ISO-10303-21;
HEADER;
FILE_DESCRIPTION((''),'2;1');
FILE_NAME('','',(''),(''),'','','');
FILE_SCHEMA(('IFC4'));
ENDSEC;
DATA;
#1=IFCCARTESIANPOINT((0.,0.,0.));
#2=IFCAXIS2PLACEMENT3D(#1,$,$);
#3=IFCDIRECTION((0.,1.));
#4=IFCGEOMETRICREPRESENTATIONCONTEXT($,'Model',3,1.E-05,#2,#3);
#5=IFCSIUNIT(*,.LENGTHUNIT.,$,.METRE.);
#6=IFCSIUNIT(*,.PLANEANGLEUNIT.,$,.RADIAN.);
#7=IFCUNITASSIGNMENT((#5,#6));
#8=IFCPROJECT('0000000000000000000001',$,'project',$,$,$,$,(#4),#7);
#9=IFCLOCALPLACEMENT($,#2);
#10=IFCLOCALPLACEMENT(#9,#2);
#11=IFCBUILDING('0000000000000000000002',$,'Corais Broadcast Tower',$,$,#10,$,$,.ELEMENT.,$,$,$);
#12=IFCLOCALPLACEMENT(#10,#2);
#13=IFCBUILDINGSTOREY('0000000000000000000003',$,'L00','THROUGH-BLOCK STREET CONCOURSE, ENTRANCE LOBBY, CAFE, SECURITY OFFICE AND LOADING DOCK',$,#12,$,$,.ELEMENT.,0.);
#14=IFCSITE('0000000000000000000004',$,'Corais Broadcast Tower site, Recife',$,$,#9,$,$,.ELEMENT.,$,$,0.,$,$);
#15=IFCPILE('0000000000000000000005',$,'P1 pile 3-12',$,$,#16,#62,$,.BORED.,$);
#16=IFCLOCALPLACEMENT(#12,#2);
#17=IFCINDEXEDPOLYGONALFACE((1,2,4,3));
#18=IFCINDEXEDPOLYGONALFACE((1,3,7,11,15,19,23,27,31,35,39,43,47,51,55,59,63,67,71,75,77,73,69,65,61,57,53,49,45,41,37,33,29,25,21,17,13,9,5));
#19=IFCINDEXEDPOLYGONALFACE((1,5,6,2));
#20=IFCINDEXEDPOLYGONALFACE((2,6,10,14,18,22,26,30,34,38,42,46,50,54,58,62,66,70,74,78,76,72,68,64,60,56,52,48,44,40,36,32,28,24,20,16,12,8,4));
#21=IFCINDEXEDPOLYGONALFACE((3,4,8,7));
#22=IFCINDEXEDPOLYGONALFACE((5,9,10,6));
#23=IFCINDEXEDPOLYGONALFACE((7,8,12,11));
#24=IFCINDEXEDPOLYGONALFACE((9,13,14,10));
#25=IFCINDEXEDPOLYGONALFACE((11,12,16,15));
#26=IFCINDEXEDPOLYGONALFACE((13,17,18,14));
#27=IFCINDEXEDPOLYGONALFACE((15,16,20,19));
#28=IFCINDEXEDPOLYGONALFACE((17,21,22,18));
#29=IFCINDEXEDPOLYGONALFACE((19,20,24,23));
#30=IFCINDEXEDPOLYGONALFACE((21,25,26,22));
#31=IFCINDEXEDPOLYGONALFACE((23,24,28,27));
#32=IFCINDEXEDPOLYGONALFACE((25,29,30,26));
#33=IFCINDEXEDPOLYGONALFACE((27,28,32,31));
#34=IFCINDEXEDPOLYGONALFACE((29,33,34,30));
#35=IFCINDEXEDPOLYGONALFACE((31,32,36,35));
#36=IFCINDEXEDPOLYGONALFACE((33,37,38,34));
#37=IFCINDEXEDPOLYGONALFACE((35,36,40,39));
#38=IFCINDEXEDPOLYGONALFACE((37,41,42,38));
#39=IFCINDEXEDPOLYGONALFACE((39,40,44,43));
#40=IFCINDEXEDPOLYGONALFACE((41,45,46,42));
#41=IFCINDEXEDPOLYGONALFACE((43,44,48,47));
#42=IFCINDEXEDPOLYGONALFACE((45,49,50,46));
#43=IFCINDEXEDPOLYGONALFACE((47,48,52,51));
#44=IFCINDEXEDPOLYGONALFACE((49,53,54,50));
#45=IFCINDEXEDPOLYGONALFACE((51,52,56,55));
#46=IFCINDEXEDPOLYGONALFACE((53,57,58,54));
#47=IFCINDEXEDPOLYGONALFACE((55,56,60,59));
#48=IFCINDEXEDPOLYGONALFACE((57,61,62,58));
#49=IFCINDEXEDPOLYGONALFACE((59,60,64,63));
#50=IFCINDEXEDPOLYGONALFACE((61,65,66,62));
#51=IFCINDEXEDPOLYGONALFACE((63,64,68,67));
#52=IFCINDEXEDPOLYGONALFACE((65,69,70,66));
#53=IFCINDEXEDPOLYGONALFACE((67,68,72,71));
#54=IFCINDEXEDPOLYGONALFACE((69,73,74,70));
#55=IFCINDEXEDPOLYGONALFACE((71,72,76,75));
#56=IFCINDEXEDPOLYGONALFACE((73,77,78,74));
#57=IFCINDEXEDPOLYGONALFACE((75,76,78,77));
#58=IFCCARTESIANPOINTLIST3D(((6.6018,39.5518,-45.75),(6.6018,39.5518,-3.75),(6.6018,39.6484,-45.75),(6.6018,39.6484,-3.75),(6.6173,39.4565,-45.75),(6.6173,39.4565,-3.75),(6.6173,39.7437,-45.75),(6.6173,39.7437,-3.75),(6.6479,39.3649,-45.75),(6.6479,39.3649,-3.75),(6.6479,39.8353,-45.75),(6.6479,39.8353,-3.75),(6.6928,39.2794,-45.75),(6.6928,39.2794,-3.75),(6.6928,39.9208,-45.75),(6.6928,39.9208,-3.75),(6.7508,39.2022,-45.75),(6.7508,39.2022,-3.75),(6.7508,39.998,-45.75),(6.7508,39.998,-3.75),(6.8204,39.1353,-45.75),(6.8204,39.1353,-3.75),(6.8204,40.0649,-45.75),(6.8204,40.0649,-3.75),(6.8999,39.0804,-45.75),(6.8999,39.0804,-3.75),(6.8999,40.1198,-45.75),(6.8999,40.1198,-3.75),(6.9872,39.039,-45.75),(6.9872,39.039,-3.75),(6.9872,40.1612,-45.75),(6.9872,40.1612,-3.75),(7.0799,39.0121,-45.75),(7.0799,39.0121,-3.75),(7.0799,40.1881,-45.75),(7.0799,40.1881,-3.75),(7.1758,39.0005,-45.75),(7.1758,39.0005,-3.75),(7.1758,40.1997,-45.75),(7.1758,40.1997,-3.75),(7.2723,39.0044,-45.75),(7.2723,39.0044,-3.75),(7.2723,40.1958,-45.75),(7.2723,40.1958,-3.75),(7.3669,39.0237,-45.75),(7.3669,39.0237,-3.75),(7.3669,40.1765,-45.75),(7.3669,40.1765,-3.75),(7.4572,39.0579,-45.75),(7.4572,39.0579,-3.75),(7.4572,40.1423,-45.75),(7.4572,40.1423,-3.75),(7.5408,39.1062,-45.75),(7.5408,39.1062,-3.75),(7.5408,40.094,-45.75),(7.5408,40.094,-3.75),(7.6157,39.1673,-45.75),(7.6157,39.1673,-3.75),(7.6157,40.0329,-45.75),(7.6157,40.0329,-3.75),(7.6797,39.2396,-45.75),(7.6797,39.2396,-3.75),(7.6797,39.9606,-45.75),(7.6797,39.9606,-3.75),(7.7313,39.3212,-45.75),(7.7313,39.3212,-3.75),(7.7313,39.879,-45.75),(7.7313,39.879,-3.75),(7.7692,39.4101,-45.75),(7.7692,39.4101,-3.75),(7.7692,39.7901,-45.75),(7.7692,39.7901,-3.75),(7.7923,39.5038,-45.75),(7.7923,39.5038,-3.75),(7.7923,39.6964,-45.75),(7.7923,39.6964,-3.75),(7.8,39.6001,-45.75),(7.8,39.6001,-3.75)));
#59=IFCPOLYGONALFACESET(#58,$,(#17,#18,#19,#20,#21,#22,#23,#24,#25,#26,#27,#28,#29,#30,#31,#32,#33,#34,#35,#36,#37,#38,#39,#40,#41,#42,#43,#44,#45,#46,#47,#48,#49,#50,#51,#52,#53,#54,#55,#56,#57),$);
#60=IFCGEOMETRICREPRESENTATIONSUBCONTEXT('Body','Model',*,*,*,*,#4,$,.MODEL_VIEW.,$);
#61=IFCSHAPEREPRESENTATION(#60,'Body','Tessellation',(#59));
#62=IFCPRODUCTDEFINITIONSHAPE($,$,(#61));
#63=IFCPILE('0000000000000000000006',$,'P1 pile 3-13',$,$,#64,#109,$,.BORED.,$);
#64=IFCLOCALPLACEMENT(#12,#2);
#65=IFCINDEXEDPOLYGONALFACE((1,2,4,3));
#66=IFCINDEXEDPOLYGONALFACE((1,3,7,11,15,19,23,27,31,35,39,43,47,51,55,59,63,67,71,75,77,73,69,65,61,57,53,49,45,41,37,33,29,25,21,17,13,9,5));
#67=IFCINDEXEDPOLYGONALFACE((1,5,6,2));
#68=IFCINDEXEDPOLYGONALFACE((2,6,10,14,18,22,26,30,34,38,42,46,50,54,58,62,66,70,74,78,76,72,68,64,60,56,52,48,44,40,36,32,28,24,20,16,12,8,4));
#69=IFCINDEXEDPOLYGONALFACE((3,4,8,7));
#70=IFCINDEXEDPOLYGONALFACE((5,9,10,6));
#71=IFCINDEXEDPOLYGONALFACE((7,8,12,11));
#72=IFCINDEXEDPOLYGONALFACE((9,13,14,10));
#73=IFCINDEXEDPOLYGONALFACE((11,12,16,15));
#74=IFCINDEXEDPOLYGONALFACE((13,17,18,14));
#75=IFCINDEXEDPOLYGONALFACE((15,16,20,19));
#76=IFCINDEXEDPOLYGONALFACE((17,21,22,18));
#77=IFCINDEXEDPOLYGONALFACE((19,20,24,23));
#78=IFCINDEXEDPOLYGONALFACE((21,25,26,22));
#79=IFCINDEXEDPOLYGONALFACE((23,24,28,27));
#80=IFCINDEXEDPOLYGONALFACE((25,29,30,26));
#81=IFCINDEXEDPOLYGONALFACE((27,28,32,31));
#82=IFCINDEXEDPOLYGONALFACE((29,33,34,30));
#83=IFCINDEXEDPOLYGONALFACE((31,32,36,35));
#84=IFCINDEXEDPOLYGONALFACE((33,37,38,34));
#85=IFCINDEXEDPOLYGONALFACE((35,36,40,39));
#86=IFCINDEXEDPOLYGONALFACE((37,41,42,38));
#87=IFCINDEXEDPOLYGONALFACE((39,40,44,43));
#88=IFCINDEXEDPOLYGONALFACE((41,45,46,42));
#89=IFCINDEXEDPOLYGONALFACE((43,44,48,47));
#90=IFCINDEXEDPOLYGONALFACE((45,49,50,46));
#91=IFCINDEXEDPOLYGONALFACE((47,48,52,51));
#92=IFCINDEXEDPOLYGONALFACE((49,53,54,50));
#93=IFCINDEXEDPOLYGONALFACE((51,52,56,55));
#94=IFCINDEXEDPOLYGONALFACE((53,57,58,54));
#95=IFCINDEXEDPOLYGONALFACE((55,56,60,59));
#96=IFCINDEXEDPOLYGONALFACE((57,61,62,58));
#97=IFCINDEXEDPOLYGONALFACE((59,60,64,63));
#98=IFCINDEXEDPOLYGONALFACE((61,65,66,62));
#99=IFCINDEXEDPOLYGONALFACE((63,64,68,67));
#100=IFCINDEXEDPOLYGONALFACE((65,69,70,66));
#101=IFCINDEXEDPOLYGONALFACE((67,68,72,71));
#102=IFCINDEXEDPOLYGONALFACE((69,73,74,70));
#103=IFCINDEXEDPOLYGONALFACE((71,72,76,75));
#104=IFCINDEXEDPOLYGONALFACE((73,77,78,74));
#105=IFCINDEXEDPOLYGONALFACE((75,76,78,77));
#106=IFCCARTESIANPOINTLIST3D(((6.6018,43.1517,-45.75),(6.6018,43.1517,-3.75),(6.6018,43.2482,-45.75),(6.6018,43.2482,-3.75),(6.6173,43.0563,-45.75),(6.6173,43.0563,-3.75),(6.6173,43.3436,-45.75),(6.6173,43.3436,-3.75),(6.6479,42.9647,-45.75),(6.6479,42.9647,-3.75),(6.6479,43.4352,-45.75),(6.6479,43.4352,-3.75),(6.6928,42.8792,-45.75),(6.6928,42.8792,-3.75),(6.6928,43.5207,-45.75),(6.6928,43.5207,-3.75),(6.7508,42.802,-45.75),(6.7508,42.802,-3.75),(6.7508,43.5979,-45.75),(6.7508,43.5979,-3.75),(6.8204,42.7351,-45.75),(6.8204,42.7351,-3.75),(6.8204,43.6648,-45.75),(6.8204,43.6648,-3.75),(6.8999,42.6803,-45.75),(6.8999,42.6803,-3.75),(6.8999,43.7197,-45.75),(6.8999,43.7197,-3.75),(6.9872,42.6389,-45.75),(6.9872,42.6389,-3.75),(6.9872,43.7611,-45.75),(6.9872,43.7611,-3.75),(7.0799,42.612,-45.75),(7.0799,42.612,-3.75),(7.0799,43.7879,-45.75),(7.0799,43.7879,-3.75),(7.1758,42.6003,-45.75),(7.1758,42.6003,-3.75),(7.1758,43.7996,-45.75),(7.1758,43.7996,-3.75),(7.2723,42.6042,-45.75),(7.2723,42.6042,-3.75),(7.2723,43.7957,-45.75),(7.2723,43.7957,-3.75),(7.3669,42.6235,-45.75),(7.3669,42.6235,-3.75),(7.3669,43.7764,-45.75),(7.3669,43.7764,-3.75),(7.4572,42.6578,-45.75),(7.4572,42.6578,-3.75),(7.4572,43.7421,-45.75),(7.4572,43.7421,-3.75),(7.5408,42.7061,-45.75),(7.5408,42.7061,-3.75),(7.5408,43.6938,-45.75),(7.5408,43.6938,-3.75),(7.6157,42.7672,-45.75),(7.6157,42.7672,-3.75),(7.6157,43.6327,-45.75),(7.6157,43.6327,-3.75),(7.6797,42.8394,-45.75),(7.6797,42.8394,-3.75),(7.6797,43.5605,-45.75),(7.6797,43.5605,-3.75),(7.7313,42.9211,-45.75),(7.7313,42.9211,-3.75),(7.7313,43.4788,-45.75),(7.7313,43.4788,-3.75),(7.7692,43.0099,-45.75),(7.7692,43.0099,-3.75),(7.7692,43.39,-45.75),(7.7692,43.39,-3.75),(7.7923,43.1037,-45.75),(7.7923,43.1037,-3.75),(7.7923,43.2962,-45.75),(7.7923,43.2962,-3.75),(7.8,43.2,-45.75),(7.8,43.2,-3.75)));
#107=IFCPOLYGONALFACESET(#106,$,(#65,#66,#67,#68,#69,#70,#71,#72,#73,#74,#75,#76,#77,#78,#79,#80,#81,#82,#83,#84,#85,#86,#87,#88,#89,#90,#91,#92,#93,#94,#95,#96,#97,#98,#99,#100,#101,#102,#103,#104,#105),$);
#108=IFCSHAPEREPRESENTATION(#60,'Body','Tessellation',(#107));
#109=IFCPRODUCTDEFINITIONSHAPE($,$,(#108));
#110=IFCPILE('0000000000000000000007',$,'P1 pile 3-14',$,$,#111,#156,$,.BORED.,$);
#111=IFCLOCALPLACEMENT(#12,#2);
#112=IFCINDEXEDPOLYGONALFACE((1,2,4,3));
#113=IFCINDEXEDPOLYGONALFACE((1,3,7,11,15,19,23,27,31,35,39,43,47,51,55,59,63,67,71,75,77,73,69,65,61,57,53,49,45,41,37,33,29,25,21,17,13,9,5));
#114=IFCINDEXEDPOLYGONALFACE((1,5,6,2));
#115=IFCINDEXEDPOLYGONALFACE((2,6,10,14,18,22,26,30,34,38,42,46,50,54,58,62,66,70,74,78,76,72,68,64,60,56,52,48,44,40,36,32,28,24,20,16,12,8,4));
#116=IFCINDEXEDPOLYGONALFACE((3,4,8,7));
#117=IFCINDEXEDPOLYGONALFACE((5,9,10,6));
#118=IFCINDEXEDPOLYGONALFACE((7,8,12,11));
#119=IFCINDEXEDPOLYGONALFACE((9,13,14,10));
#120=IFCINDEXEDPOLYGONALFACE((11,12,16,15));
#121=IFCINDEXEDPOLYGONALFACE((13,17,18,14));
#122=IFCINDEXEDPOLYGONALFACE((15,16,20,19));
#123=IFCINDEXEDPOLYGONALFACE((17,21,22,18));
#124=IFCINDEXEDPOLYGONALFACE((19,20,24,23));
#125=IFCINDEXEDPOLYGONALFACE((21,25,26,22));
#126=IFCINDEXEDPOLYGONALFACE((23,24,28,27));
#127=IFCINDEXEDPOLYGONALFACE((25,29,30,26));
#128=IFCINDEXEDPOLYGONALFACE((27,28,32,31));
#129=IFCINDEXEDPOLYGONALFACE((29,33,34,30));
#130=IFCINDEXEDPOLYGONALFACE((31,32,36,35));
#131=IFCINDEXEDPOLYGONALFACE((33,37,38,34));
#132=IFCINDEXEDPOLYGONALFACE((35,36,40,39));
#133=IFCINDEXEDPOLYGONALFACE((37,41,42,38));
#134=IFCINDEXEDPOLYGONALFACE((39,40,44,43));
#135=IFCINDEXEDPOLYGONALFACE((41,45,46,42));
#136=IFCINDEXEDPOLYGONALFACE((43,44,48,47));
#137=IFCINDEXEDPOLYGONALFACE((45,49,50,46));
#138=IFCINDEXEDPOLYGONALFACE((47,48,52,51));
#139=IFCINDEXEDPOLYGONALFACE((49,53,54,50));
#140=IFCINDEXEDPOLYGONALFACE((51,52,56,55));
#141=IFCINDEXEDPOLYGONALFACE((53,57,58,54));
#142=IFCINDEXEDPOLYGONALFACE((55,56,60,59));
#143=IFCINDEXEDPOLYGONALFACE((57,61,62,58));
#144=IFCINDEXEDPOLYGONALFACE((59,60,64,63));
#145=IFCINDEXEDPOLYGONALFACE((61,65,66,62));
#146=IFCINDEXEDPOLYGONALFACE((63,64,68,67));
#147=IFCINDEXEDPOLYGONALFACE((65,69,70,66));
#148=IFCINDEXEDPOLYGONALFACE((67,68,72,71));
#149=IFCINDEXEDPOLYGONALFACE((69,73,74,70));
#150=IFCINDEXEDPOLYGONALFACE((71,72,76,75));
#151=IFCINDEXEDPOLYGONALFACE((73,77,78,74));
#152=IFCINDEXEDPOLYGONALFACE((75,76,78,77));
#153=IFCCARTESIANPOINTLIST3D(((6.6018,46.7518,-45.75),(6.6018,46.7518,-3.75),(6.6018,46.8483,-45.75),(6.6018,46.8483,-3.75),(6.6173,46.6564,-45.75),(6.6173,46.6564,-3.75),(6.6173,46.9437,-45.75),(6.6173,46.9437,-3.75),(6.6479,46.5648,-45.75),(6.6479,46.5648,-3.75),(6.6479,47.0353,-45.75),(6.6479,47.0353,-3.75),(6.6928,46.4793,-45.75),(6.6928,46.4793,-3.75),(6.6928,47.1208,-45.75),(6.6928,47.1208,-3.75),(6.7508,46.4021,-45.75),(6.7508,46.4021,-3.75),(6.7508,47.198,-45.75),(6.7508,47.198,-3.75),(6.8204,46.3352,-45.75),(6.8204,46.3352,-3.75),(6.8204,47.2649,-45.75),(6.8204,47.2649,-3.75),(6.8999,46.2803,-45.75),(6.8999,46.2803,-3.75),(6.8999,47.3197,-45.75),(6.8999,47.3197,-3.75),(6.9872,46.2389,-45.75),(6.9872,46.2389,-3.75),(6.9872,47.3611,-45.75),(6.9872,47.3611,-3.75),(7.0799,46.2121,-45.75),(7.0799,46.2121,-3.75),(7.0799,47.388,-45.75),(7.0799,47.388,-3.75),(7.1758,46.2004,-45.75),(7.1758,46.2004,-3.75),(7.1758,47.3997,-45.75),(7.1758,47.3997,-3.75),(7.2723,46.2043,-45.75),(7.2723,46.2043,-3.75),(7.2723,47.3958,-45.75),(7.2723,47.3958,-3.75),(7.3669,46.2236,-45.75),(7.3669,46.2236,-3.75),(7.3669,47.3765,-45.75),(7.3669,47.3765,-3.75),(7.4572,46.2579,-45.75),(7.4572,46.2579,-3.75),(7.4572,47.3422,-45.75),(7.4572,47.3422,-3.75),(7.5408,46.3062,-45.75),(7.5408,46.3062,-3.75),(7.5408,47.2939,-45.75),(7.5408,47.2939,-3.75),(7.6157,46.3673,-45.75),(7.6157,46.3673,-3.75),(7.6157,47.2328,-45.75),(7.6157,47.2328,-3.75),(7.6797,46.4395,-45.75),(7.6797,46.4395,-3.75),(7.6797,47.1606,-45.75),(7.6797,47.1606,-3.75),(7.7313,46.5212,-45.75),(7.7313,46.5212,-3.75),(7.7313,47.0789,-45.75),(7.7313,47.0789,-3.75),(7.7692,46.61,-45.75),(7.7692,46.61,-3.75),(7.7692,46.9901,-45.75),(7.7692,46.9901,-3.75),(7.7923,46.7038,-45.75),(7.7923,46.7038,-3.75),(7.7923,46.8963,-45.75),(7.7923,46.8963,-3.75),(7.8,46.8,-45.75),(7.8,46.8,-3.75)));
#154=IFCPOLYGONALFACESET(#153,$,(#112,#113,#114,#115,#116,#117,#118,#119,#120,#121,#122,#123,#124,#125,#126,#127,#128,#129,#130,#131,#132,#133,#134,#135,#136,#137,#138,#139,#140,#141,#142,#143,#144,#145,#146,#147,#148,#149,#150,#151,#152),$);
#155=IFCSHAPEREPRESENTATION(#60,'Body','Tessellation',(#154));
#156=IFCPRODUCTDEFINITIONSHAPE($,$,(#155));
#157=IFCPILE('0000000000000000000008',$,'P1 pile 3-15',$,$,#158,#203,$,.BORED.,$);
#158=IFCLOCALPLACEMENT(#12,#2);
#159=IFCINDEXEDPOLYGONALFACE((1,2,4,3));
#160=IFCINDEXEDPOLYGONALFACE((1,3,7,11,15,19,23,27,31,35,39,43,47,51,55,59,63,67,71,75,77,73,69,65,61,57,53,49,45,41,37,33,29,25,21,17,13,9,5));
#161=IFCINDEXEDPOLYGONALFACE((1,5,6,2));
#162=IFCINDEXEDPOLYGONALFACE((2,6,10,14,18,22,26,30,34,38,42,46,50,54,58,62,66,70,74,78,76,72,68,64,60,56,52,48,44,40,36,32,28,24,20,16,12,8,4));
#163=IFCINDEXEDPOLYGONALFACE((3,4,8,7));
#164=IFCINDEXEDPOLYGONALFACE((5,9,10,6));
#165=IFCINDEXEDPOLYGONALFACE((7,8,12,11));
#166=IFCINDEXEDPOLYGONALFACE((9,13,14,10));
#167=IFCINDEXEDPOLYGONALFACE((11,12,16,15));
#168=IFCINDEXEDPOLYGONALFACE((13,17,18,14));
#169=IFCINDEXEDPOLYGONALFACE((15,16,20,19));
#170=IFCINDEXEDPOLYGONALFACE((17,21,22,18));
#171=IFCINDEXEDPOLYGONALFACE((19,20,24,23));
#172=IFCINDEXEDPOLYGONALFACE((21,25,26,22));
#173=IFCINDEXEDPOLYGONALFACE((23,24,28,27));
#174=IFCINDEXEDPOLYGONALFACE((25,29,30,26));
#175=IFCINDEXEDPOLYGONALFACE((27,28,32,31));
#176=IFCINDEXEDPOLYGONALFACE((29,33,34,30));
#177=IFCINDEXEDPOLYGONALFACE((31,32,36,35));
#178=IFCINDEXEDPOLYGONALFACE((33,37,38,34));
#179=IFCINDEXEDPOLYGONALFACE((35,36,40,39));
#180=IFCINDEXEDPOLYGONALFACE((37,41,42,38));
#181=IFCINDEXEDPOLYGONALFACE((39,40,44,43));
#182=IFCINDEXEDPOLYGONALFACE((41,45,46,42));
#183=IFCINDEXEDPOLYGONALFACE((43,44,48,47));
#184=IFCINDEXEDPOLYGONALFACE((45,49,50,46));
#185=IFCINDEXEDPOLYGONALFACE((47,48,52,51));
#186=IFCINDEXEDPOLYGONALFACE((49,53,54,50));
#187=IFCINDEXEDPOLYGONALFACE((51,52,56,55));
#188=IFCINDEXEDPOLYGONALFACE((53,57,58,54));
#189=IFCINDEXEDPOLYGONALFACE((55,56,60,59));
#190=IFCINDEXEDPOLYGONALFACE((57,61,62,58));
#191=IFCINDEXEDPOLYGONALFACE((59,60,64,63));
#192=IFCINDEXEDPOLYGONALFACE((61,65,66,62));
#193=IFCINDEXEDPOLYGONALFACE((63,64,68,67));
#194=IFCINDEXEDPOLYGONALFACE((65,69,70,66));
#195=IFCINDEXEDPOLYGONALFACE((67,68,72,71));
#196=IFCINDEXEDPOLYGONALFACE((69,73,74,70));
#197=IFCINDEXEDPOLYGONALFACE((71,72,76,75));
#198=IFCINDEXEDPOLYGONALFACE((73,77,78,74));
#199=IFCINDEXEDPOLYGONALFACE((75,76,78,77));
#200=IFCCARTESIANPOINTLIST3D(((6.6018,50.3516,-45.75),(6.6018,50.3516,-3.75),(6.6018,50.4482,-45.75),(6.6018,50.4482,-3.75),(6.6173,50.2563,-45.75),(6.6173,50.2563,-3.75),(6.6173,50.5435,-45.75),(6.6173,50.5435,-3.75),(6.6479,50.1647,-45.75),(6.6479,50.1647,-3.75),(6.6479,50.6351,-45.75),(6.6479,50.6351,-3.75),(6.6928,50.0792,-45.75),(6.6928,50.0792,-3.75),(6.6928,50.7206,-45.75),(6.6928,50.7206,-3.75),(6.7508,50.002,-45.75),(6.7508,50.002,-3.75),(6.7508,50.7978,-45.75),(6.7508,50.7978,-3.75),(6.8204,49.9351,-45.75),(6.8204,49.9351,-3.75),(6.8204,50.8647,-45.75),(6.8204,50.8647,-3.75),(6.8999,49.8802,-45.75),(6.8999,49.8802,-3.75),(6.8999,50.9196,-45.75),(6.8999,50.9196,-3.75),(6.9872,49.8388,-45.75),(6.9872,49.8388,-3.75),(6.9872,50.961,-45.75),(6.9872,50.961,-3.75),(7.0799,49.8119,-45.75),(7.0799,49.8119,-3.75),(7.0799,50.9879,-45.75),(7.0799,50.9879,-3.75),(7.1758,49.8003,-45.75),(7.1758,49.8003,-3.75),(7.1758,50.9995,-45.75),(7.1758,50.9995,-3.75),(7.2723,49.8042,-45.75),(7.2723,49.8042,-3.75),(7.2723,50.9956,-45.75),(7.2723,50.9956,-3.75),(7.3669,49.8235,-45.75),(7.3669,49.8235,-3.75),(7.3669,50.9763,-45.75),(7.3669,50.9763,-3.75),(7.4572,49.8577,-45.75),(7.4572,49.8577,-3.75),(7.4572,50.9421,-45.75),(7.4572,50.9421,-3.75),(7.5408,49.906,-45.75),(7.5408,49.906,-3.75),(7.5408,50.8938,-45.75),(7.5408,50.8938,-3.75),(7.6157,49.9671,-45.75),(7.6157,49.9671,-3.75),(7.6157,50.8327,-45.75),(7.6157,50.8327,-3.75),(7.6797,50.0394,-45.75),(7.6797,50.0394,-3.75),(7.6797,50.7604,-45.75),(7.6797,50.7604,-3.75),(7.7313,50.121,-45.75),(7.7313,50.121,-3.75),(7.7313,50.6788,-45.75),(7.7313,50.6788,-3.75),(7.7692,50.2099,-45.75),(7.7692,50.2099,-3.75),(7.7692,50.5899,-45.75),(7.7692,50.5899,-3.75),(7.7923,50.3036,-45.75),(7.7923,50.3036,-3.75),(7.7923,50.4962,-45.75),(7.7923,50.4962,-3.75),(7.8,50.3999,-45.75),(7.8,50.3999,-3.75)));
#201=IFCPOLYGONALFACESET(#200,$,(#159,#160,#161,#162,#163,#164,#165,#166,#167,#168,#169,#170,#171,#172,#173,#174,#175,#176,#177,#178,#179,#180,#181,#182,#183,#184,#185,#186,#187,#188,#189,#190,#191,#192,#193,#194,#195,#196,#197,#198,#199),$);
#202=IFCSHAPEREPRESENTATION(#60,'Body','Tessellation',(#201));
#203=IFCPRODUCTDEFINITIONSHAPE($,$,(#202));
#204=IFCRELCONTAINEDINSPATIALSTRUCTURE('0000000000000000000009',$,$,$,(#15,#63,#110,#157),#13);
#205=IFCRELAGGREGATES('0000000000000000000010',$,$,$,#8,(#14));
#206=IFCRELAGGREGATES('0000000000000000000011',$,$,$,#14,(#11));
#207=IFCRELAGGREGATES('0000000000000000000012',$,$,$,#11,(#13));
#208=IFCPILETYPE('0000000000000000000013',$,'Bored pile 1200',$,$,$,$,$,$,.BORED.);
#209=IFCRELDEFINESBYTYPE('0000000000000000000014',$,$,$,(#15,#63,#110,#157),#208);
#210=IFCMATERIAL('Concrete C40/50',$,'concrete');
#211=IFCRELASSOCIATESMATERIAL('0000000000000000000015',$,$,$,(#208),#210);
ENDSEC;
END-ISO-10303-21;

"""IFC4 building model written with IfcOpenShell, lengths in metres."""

from ifc_helpers import new_model, si_unit, direction, frame, origin, origin_2d, place, context, subcontext, project, spatial, circle, extrude, material, type_object, element, save


model = new_model("IFC4")

# Units and contexts
model_context = context("Model", 3, precision=1e-05, world=origin(), true_north=direction((0.0, 1.0)))
body_context = subcontext(model_context, "Body", "Model", "MODEL_VIEW")
ifc_project = project(units=[si_unit("LENGTHUNIT", "METRE"), si_unit("PLANEANGLEUNIT", "RADIAN")], contexts=[model_context])

# Site, building, storey
site_placement = place(None, origin())
site = spatial("IfcSite", under=ifc_project, at=site_placement, Name="Corais Broadcast Tower site, Recife", CompositionType="ELEMENT", RefElevation=0.0)
building_placement = place(site_placement, origin())
building = spatial("IfcBuilding", under=site, at=building_placement, Name="Corais Broadcast Tower", CompositionType="ELEMENT")
storey_placement = place(building_placement, origin())
storey = spatial("IfcBuildingStorey", under=building, at=storey_placement, Name="L00", Description="THROUGH-BLOCK STREET CONCOURSE, ENTRANCE LOBBY, CAFE, SECURITY OFFICE AND LOADING DOCK", CompositionType="ELEMENT", Elevation=0.0)

# Piles
ifc_material_1 = material(Name="Concrete C40/50", Category="concrete")
pile_type = type_object("IfcPileType", Name="Bored pile 1200", PredefinedType="BORED", material=ifc_material_1)
for number, where, z_axis, x_axis, name in (
    (1, (7.2, 39.6001, -3.75), (0.0, 0.0, -1.0), (1.0, 0.0, 0.0), "P1 pile 3-12"),
    (2, (7.2, 43.2, -3.75), (0.0, 0.0, -1.0), (1.0, 0.0, 0.0), "P1 pile 3-13"),
    (3, (7.2, 46.8, -3.75), (0.0, 0.0, -1.0), (1.0, 0.0, 0.0), "P1 pile 3-14"),
    (4, (7.2, 50.3999, -3.75), (0.0, 0.0, -1.0), (1.0, 0.0, 0.0), "P1 pile 3-15"),
):
    element("IfcPile", number, at=place(storey_placement, frame(where, z_axis=z_axis, x_axis=x_axis)), inside=storey, type_object=pile_type, Name=name, PredefinedType="BORED", context=body_context, shape_type="SweptSolid", body=[
        extrude(circle(Radius=0.6001, at=origin_2d()), origin(), (0.0, 0.0, 1.0), 42.0),
    ])

save(model, "model.ifc")
